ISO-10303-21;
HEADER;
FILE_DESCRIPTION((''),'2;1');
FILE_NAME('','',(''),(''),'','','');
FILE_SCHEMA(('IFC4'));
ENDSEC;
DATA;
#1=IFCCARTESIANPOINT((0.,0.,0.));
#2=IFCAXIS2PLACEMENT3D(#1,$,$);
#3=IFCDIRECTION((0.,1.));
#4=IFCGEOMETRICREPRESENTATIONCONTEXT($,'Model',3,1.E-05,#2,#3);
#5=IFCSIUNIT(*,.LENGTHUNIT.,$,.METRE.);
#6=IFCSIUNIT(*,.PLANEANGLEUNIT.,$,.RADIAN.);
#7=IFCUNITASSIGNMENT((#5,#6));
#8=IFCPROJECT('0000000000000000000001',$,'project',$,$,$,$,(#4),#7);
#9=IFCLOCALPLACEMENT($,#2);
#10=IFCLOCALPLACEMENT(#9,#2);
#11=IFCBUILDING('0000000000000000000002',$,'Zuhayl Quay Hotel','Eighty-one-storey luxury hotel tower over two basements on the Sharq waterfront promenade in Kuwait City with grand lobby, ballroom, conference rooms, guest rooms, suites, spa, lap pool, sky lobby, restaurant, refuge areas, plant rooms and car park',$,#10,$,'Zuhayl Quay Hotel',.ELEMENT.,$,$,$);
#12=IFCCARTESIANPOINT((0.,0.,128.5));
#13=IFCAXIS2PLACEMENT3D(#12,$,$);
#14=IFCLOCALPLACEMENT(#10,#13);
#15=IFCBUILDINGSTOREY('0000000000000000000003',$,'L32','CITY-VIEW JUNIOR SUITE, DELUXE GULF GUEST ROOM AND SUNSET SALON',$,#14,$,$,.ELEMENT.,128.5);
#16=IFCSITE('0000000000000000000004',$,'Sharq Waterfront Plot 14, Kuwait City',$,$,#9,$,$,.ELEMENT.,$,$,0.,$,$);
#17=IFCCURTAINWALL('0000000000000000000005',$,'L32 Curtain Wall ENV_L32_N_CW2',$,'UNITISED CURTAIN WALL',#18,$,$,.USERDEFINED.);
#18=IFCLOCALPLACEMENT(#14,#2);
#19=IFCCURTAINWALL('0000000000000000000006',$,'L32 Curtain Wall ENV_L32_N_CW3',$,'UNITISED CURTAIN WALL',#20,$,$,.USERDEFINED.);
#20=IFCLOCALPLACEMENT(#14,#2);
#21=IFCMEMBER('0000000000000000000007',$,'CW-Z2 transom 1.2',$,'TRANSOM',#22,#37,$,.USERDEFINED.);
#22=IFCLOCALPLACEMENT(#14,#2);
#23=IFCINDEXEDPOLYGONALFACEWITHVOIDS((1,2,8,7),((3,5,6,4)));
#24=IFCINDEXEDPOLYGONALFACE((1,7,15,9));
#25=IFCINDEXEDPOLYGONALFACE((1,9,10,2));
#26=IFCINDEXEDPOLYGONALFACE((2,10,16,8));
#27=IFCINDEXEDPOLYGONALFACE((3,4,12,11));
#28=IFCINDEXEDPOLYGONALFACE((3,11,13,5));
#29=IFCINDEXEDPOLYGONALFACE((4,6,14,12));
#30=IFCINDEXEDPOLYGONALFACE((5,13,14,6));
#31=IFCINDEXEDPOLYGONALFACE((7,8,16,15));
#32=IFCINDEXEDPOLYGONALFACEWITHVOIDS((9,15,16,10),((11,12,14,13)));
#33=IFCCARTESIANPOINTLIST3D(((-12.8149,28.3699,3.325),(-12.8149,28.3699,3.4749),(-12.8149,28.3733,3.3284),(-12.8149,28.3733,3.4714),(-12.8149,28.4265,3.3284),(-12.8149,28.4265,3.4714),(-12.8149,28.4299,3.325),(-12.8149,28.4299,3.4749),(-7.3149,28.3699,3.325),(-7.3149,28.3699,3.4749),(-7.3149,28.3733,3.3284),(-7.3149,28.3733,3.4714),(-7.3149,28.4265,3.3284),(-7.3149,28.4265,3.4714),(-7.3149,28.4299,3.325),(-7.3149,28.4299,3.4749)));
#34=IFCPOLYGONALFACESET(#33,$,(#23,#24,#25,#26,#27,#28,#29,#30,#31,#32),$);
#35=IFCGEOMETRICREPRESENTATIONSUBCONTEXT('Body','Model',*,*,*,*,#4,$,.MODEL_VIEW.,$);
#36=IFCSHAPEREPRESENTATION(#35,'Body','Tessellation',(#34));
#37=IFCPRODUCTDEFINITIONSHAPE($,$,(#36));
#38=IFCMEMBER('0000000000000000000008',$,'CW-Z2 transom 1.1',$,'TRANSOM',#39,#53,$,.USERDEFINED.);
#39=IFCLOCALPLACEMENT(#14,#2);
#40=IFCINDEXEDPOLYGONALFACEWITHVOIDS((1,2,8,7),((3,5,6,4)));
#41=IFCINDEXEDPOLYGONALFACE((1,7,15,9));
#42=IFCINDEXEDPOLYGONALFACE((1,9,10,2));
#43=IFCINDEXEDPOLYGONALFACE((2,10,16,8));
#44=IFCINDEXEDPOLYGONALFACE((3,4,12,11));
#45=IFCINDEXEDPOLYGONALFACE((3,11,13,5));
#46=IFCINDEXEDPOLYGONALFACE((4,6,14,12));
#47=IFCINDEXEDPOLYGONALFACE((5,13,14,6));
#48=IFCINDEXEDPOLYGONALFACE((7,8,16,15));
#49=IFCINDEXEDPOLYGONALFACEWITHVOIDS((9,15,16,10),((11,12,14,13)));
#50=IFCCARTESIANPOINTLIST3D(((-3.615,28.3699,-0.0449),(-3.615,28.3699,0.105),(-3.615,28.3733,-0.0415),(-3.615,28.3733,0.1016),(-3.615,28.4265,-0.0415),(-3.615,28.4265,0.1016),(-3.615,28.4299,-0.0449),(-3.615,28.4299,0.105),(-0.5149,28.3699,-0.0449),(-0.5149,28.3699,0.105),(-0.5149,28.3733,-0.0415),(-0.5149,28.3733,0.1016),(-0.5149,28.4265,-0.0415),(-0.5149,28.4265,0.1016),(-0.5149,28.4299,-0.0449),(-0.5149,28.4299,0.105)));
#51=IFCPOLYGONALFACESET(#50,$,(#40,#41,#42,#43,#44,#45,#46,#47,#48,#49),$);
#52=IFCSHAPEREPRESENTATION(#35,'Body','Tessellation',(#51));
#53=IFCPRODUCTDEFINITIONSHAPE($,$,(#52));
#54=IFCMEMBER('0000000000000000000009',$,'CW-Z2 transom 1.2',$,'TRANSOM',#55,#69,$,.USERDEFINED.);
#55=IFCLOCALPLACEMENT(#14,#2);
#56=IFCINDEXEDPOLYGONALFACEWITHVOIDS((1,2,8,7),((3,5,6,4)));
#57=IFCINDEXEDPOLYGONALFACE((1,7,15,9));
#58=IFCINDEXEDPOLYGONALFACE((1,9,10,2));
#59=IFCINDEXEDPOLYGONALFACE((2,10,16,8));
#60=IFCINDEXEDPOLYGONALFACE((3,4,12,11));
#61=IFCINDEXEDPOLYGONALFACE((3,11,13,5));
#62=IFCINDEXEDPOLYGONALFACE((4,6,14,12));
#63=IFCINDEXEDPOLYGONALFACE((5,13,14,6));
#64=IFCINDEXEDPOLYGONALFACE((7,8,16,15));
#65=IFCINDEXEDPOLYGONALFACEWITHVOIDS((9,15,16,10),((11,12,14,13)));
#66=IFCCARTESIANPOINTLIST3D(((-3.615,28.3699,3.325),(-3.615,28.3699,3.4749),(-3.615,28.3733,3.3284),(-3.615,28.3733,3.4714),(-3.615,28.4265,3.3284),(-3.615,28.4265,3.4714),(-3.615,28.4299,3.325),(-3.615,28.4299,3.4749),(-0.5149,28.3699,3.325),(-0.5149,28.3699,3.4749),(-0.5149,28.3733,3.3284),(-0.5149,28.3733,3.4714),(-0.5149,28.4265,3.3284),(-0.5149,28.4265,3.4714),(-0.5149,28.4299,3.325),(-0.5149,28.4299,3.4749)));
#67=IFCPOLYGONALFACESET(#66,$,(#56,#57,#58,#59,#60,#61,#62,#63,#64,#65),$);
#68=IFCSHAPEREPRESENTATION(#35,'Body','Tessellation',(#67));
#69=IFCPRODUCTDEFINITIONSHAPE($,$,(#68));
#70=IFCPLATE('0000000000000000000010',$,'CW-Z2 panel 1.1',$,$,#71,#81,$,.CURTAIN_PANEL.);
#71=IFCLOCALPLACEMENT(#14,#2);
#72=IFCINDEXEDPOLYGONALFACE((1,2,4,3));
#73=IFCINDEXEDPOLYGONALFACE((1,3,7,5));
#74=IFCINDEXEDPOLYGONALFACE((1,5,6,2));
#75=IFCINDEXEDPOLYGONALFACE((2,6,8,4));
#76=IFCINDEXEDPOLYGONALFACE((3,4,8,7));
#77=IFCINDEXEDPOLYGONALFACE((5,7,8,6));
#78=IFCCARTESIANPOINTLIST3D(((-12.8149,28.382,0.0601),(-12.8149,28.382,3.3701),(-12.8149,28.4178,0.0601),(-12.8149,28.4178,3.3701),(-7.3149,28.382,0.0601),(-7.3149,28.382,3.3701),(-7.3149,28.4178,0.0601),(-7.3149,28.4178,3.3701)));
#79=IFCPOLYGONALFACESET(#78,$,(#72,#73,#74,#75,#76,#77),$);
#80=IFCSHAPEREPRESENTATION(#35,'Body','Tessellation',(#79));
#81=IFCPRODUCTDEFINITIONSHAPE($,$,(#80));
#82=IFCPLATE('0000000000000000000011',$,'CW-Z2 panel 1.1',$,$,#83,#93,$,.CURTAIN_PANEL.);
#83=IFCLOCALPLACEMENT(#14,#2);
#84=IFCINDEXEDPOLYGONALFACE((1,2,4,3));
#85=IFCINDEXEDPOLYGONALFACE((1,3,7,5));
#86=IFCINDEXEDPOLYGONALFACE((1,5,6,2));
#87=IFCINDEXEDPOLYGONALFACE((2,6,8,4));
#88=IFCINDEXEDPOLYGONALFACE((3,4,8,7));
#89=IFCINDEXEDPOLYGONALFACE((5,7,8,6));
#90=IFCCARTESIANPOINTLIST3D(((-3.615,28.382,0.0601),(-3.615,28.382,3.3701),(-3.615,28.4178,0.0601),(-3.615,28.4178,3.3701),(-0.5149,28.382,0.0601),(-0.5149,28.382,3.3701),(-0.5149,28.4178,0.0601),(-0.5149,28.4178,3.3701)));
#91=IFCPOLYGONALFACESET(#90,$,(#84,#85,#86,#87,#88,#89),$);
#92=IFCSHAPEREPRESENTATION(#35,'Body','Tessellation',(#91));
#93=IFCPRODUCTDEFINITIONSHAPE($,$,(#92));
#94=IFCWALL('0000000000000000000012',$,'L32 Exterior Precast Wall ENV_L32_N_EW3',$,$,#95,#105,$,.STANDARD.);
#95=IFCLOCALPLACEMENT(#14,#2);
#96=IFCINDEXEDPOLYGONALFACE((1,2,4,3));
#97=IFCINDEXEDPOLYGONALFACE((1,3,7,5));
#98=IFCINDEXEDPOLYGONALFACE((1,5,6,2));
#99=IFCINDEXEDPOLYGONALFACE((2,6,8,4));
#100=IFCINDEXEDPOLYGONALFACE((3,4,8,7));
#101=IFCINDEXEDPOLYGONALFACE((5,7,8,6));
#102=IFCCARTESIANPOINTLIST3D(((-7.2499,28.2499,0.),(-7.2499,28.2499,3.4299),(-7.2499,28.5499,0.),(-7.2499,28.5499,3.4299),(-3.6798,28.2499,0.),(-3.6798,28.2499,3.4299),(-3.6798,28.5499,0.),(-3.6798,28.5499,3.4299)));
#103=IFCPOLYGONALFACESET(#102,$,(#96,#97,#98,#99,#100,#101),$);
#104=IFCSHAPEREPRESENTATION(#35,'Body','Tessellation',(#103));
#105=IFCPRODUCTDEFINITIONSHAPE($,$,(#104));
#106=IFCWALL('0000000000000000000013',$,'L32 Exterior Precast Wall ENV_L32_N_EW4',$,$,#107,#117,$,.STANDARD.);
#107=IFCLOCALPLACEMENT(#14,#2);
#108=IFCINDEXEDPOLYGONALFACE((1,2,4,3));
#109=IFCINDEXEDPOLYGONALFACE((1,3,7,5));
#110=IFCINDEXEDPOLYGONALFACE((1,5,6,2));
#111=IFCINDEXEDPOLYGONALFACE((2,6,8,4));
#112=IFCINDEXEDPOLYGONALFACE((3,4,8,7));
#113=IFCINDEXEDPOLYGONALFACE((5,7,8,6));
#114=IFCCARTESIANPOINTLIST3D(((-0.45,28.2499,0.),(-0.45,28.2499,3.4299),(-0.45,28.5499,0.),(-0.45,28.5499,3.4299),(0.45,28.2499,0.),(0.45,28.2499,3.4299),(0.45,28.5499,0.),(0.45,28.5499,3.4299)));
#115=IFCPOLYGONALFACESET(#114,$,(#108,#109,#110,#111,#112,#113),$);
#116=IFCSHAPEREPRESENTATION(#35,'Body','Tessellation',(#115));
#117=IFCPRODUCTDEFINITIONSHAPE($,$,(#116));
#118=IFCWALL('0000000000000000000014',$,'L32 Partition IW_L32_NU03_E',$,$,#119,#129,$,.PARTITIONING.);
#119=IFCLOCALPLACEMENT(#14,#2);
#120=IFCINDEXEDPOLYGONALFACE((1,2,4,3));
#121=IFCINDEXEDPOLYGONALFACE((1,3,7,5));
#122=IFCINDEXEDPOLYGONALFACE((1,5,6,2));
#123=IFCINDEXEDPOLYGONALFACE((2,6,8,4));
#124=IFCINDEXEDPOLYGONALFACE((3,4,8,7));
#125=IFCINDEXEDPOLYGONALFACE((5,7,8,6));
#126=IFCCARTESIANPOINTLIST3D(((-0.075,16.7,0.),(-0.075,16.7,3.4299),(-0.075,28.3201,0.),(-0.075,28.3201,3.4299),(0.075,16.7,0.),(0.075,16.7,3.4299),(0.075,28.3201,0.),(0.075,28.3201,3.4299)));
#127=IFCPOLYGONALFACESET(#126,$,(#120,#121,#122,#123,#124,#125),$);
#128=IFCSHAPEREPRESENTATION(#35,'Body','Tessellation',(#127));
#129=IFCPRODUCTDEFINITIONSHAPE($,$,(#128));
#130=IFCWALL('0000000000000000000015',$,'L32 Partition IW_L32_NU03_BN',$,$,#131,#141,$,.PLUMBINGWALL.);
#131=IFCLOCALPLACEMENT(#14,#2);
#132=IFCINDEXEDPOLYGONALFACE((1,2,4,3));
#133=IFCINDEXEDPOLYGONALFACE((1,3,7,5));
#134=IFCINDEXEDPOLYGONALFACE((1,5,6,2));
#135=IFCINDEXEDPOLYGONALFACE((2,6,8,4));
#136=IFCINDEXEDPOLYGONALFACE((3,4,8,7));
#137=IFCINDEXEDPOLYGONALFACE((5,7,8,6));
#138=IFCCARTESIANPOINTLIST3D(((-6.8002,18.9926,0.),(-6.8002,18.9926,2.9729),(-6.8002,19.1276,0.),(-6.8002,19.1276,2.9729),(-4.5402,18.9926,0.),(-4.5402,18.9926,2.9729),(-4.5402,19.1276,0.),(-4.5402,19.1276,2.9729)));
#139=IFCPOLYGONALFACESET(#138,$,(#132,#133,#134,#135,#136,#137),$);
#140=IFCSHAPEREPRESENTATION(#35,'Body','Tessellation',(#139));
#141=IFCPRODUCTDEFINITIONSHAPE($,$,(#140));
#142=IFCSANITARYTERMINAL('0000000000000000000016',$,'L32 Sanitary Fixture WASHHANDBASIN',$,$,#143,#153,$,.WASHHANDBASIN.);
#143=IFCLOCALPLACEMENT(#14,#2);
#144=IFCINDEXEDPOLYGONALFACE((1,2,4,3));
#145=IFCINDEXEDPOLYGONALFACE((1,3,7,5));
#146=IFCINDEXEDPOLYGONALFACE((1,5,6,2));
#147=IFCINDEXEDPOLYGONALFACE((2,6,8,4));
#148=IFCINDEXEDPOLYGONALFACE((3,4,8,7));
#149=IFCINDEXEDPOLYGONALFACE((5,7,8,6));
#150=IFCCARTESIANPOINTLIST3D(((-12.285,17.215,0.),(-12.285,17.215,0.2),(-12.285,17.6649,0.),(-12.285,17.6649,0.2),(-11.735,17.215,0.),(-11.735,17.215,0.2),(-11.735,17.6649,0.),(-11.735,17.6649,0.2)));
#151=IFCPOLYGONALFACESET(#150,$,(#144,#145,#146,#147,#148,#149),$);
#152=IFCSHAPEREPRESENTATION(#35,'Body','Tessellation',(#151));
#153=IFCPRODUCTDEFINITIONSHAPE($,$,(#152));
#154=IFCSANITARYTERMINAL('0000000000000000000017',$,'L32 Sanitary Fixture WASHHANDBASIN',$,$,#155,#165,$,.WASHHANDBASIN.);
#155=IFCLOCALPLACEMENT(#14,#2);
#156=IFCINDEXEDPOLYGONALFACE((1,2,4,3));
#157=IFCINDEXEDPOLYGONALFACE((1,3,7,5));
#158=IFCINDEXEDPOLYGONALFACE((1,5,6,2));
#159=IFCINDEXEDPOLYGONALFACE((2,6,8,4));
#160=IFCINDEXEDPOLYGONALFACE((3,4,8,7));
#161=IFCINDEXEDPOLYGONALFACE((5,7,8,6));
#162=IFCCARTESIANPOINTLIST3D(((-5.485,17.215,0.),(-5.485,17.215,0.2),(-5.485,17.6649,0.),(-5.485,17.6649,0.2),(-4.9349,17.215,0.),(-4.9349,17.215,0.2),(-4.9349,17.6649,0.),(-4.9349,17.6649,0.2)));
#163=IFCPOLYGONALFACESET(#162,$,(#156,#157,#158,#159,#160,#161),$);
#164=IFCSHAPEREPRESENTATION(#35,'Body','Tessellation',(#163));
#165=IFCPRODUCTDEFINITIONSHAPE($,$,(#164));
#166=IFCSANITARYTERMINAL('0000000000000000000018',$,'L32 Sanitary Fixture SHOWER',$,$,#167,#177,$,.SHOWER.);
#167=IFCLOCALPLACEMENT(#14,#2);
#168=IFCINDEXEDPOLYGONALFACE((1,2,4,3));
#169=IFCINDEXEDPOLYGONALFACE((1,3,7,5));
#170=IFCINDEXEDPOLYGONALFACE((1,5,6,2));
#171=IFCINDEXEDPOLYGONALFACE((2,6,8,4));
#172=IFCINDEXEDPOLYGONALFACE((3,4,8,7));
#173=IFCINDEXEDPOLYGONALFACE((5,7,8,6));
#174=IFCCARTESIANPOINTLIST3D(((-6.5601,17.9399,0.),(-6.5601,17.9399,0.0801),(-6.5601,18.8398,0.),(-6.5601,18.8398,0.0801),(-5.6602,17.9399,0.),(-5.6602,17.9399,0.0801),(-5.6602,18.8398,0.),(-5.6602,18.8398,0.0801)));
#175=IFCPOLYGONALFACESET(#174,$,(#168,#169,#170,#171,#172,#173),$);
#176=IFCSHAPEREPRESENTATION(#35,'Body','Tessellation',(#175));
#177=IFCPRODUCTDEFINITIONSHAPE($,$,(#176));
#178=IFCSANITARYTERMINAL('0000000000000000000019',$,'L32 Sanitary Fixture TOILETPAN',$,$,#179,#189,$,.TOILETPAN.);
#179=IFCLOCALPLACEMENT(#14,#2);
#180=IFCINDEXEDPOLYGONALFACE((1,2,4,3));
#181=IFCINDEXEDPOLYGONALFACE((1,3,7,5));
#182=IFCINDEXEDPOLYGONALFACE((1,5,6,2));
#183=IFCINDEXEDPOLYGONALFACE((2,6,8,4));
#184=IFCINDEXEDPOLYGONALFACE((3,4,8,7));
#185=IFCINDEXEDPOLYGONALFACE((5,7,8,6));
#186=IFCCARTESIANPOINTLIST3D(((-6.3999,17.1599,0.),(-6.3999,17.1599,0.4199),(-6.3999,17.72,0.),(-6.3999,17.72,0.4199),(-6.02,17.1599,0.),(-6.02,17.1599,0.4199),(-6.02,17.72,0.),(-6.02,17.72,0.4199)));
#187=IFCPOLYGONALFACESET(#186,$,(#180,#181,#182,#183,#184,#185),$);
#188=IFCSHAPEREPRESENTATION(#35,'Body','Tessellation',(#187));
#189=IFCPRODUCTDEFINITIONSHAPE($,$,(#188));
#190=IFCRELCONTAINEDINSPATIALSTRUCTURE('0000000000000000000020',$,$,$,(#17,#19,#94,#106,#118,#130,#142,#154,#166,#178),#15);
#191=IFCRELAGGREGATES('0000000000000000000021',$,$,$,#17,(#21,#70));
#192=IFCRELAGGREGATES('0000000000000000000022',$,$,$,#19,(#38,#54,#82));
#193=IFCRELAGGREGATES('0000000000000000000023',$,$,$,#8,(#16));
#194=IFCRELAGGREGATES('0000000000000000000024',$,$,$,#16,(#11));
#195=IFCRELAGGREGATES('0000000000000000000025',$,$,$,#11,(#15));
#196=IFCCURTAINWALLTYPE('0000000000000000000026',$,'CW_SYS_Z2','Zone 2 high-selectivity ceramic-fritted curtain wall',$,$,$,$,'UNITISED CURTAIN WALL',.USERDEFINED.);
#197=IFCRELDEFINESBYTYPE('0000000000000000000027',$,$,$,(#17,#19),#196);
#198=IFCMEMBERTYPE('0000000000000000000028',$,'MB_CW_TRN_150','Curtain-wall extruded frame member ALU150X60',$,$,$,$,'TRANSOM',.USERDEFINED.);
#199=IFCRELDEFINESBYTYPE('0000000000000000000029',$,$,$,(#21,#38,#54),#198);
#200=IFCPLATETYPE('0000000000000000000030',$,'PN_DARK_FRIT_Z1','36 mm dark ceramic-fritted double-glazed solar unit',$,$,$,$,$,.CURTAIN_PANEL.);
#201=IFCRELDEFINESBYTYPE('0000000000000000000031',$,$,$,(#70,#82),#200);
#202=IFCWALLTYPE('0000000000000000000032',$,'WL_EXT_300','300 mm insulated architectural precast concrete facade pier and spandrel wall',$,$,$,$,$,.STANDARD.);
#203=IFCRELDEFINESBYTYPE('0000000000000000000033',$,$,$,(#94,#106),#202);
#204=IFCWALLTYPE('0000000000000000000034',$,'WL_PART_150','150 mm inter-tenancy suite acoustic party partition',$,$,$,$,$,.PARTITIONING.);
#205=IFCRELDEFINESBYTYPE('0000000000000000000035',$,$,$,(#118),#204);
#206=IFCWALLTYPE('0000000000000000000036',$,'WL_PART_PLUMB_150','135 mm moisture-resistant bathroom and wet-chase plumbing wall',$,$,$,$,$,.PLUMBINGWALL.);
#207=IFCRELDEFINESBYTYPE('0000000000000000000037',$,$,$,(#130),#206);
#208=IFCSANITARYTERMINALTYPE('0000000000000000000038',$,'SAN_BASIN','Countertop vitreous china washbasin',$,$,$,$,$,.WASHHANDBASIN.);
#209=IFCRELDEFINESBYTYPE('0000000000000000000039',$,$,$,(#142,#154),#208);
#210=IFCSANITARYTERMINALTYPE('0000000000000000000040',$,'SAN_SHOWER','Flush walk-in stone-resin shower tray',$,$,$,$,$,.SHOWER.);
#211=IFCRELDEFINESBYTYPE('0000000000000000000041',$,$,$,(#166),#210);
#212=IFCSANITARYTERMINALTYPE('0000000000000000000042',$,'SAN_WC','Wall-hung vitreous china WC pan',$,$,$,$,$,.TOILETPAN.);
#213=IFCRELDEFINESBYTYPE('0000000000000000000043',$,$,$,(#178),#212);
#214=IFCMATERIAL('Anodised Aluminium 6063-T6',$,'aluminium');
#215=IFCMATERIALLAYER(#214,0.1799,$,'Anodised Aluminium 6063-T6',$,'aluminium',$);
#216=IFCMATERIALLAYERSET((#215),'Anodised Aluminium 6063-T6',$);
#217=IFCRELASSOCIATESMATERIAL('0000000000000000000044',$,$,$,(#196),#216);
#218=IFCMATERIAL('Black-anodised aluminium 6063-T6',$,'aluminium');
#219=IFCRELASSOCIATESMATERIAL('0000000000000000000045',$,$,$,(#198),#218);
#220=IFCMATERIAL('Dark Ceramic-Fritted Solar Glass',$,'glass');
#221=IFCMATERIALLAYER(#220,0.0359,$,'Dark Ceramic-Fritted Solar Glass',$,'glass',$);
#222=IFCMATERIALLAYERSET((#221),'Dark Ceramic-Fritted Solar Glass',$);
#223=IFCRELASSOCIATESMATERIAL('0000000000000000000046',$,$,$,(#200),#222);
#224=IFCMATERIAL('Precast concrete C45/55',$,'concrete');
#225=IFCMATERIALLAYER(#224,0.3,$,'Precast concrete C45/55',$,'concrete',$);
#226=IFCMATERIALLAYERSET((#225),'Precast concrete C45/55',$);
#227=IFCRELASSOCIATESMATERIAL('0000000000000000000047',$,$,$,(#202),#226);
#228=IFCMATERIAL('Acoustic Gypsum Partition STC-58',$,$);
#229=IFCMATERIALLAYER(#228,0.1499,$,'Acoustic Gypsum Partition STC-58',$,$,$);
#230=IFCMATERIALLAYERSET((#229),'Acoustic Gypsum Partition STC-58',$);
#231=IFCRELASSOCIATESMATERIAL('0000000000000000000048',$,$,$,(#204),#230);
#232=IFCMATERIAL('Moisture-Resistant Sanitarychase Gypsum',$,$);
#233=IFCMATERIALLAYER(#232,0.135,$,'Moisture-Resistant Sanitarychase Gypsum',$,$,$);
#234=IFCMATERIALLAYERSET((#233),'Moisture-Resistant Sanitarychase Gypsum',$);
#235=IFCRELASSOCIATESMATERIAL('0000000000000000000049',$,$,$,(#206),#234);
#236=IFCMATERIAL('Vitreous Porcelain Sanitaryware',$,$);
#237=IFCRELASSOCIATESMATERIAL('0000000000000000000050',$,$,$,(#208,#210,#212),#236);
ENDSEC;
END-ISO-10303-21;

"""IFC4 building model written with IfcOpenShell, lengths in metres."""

from ifc_helpers import new_model, si_unit, direction, frame, frame_2d, origin, origin_2d, place, context, subcontext, project, spatial, rectangle, hollow_rectangle, extrude, material, layer, layer_set, material_profile, profile_set, type_object, element, aggregate, save


model = new_model("IFC4")

# Units and contexts
model_context = context("Model", 3, precision=1e-05, world=origin(), true_north=direction((0.0, 1.0)))
body_context = subcontext(model_context, "Body", "Model", "MODEL_VIEW")
ifc_project = project(units=[si_unit("LENGTHUNIT", "METRE"), si_unit("PLANEANGLEUNIT", "RADIAN")], contexts=[model_context])

# Site, building, storey
site_placement = place(None, origin())
site = spatial("IfcSite", under=ifc_project, at=site_placement, Name="Sharq Waterfront Plot 14, Kuwait City", CompositionType="ELEMENT", RefElevation=0.0)
building_placement = place(site_placement, origin())
building = spatial("IfcBuilding", under=site, at=building_placement, Name="Zuhayl Quay Hotel", Description="Eighty-one-storey luxury hotel tower over two basements on the Sharq waterfront promenade in Kuwait City with grand lobby, ballroom, conference rooms, guest rooms, suites, spa, lap pool, sky lobby, restaurant, refuge areas, plant rooms and car park", LongName="Zuhayl Quay Hotel", CompositionType="ELEMENT")
storey_placement = place(building_placement, frame((0.0, 0.0, 128.5)))
storey = spatial("IfcBuildingStorey", under=building, at=storey_placement, Name="L32", Description="CITY-VIEW JUNIOR SUITE, DELUXE GULF GUEST ROOM AND SUNSET SALON", CompositionType="ELEMENT", Elevation=128.5)

# Curtain walls
ifc_material_1 = material(Name="Anodised Aluminium 6063-T6", Category="aluminium")
ifc_layer_1 = layer(ifc_material_1, 0.1799, Name="Anodised Aluminium 6063-T6", Category="aluminium")
ifc_layer_set_1 = layer_set([ifc_layer_1], Name="Anodised Aluminium 6063-T6")
curtain_wall_type = type_object("IfcCurtainWallType", Name="CW_SYS_Z2", Description="Zone 2 high-selectivity ceramic-fritted curtain wall", ElementType="UNITISED CURTAIN WALL", PredefinedType="USERDEFINED", material=ifc_layer_set_1)
curtain_wall_1_placement = place(storey_placement, origin())
curtain_wall_1 = element("IfcCurtainWall", 1, at=curtain_wall_1_placement, inside=storey, type_object=curtain_wall_type, Name="L32 Curtain Wall ENV_L32_N_CW2", ObjectType="UNITISED CURTAIN WALL", PredefinedType="USERDEFINED")
ifc_material_2 = material(Name="Black-anodised aluminium 6063-T6", Category="aluminium")
curtain_wall_2_placement = place(storey_placement, origin())
curtain_wall_2 = element("IfcCurtainWall", 2, at=curtain_wall_2_placement, inside=storey, type_object=curtain_wall_type, Name="L32 Curtain Wall ENV_L32_N_CW3", ObjectType="UNITISED CURTAIN WALL", PredefinedType="USERDEFINED")

# Members
ifc_material_profile_1 = material_profile(ifc_material_2, hollow_rectangle(XDim=0.0601, YDim=0.1499, WallThickness=0.0034, at=origin_2d()), Name="ALU150X60")
ifc_profile_set_1 = profile_set([ifc_material_profile_1], Name="Black-anodised aluminium 6063-T6")
member_type_1 = type_object("IfcMemberType", Name="MB_CW_TRN_150", Description="Curtain-wall extruded frame member ALU150X60", ElementType="TRANSOM", PredefinedType="USERDEFINED", material=ifc_profile_set_1)
member_1_placement = place(storey_placement, frame((-12.8149, 28.3999, 3.3999), z_axis=(1.0, 0.0, 0.0), x_axis=(0.0, 1.0, 0.0)))
member_1 = element("IfcMember", 3, at=member_1_placement, type_object=member_type_1, Name="CW-Z2 transom 1.2", ObjectType="TRANSOM", PredefinedType="USERDEFINED", context=body_context, shape_type="SweptSolid", body=[
    extrude(hollow_rectangle(XDim=0.0601, YDim=0.1499, WallThickness=0.0034, at=origin_2d()), origin(), (0.0, 0.0, 1.0), 5.5),
])
member_2_placement = place(storey_placement, frame((-3.615, 28.3999, 0.03), z_axis=(1.0, 0.0, 0.0), x_axis=(0.0, 1.0, 0.0)))
member_2 = element("IfcMember", 4, at=member_2_placement, type_object=member_type_1, Name="CW-Z2 transom 1.1", ObjectType="TRANSOM", PredefinedType="USERDEFINED", context=body_context, shape_type="SweptSolid", body=[
    extrude(hollow_rectangle(XDim=0.0601, YDim=0.1499, WallThickness=0.0034, at=origin_2d()), origin(), (0.0, 0.0, 1.0), 3.1001),
])
member_3_placement = place(storey_placement, frame((-3.615, 28.3999, 3.3999), z_axis=(1.0, 0.0, 0.0), x_axis=(0.0, 1.0, 0.0)))
member_3 = element("IfcMember", 5, at=member_3_placement, type_object=member_type_1, Name="CW-Z2 transom 1.2", ObjectType="TRANSOM", PredefinedType="USERDEFINED", context=body_context, shape_type="SweptSolid", body=[
    extrude(hollow_rectangle(XDim=0.0601, YDim=0.1499, WallThickness=0.0034, at=origin_2d()), origin(), (0.0, 0.0, 1.0), 3.1001),
])

# Plates
ifc_material_3 = material(Name="Dark Ceramic-Fritted Solar Glass", Category="glass")
ifc_layer_2 = layer(ifc_material_3, 0.0359, Name="Dark Ceramic-Fritted Solar Glass", Category="glass")
ifc_layer_set_2 = layer_set([ifc_layer_2], Name="Dark Ceramic-Fritted Solar Glass")
plate_type = type_object("IfcPlateType", Name="PN_DARK_FRIT_Z1", Description="36 mm dark ceramic-fritted double-glazed solar unit", PredefinedType="CURTAIN_PANEL", material=ifc_layer_set_2)
plate_1_placement = place(storey_placement, frame((-10.0649, 28.3999, 0.0601), z_axis=(0.0, 0.0, 1.0), x_axis=(1.0, 0.0, 0.0)))
plate_1 = element("IfcPlate", 6, at=plate_1_placement, type_object=plate_type, Name="CW-Z2 panel 1.1", PredefinedType="CURTAIN_PANEL", context=body_context, shape_type="SweptSolid", body=[
    extrude(rectangle(XDim=5.5, YDim=0.0359, at=origin_2d()), origin(), (0.0, 0.0, 1.0), 3.3101),
])
aggregate(curtain_wall_1, [member_1, plate_1])
plate_2_placement = place(storey_placement, frame((-2.0649, 28.3999, 0.0601), z_axis=(0.0, 0.0, 1.0), x_axis=(1.0, 0.0, 0.0)))
plate_2 = element("IfcPlate", 7, at=plate_2_placement, type_object=plate_type, Name="CW-Z2 panel 1.1", PredefinedType="CURTAIN_PANEL", context=body_context, shape_type="SweptSolid", body=[
    extrude(rectangle(XDim=3.1001, YDim=0.0359, at=origin_2d()), origin(), (0.0, 0.0, 1.0), 3.3101),
])
aggregate(curtain_wall_2, [member_2, member_3, plate_2])

# Walls
ifc_material_4 = material(Name="Precast concrete C45/55", Category="concrete")
ifc_layer_3 = layer(ifc_material_4, 0.3, Name="Precast concrete C45/55", Category="concrete")
ifc_layer_set_3 = layer_set([ifc_layer_3], Name="Precast concrete C45/55")
wall_type_1 = type_object("IfcWallType", Name="WL_EXT_300", Description="300 mm insulated architectural precast concrete facade pier and spandrel wall", PredefinedType="STANDARD", material=ifc_layer_set_3)
wall_1_placement = place(storey_placement, frame((-7.25, 28.3999, 0.0), z_axis=(0.0, 0.0, 1.0), x_axis=(1.0, 0.0, 0.0)))
element("IfcWall", 8, at=wall_1_placement, inside=storey, type_object=wall_type_1, Name="L32 Exterior Precast Wall ENV_L32_N_EW3", PredefinedType="STANDARD", context=body_context, shape_type="SweptSolid", body=[
    extrude(rectangle(XDim=3.5701, YDim=0.3, at=frame_2d((1.7852, 0.0))), origin(), (0.0, 0.0, 1.0), 3.4299),
])
wall_2_placement = place(storey_placement, frame((-0.45, 28.3999, 0.0), z_axis=(0.0, 0.0, 1.0), x_axis=(1.0, 0.0, 0.0)))
element("IfcWall", 9, at=wall_2_placement, inside=storey, type_object=wall_type_1, Name="L32 Exterior Precast Wall ENV_L32_N_EW4", PredefinedType="STANDARD", context=body_context, shape_type="SweptSolid", body=[
    extrude(rectangle(XDim=0.8999, YDim=0.3, at=frame_2d((0.45, 0.0))), origin(), (0.0, 0.0, 1.0), 3.4299),
])
ifc_material_5 = material(Name="Acoustic Gypsum Partition STC-58")
ifc_layer_4 = layer(ifc_material_5, 0.1499, Name="Acoustic Gypsum Partition STC-58")
ifc_layer_set_4 = layer_set([ifc_layer_4], Name="Acoustic Gypsum Partition STC-58")
wall_type_2 = type_object("IfcWallType", Name="WL_PART_150", Description="150 mm inter-tenancy suite acoustic party partition", PredefinedType="PARTITIONING", material=ifc_layer_set_4)
wall_3_placement = place(storey_placement, frame((0.0, 16.7, 0.0), z_axis=(0.0, 0.0, 1.0), x_axis=(0.0, 1.0, 0.0)))
element("IfcWall", 10, at=wall_3_placement, inside=storey, type_object=wall_type_2, Name="L32 Partition IW_L32_NU03_E", PredefinedType="PARTITIONING", context=body_context, shape_type="SweptSolid", body=[
    extrude(rectangle(XDim=11.6201, YDim=0.1499, at=frame_2d((5.8101, 0.0))), origin(), (0.0, 0.0, 1.0), 3.4299),
])
ifc_material_6 = material(Name="Moisture-Resistant Sanitarychase Gypsum")
ifc_layer_5 = layer(ifc_material_6, 0.135, Name="Moisture-Resistant Sanitarychase Gypsum")
ifc_layer_set_5 = layer_set([ifc_layer_5], Name="Moisture-Resistant Sanitarychase Gypsum")
wall_type_3 = type_object("IfcWallType", Name="WL_PART_PLUMB_150", Description="135 mm moisture-resistant bathroom and wet-chase plumbing wall", PredefinedType="PLUMBINGWALL", material=ifc_layer_set_5)
wall_4_placement = place(storey_placement, frame((-6.8, 19.0601, 0.0), z_axis=(0.0, 0.0, 1.0), x_axis=(1.0, 0.0, 0.0)))
element("IfcWall", 11, at=wall_4_placement, inside=storey, type_object=wall_type_3, Name="L32 Partition IW_L32_NU03_BN", PredefinedType="PLUMBINGWALL", context=body_context, shape_type="SweptSolid", body=[
    extrude(rectangle(XDim=2.26, YDim=0.135, at=frame_2d((1.1299, 0.0))), origin(), (0.0, 0.0, 1.0), 2.9729),
])

# Sanitary terminals
ifc_material_7 = material(Name="Vitreous Porcelain Sanitaryware")
sanitary_terminal_type_1 = type_object("IfcSanitaryTerminalType", Name="SAN_BASIN", Description="Countertop vitreous china washbasin", PredefinedType="WASHHANDBASIN", material=ifc_material_7)
for number, where, z_axis, x_axis, name in (
    (12, (-12.01, 17.4399, 0.0), (0.0, 0.0, 1.0), (1.0, 0.0, 0.0), "L32 Sanitary Fixture WASHHANDBASIN"),
    (13, (-5.21, 17.4399, 0.0), (0.0, 0.0, 1.0), (1.0, 0.0, 0.0), "L32 Sanitary Fixture WASHHANDBASIN"),
):
    element("IfcSanitaryTerminal", number, at=place(storey_placement, frame(where, z_axis=z_axis, x_axis=x_axis)), inside=storey, type_object=sanitary_terminal_type_1, Name=name, PredefinedType="WASHHANDBASIN", context=body_context, shape_type="SweptSolid", body=[
        extrude(rectangle(XDim=0.55, YDim=0.45, at=origin_2d()), origin(), (0.0, 0.0, 1.0), 0.2),
    ])
sanitary_terminal_type_2 = type_object("IfcSanitaryTerminalType", Name="SAN_SHOWER", Description="Flush walk-in stone-resin shower tray", PredefinedType="SHOWER", material=ifc_material_7)
sanitary_terminal_1_placement = place(storey_placement, frame((-6.1101, 18.3899, 0.0), z_axis=(0.0, 0.0, 1.0), x_axis=(1.0, 0.0, 0.0)))
element("IfcSanitaryTerminal", 14, at=sanitary_terminal_1_placement, inside=storey, type_object=sanitary_terminal_type_2, Name="L32 Sanitary Fixture SHOWER", PredefinedType="SHOWER", context=body_context, shape_type="SweptSolid", body=[
    extrude(rectangle(XDim=0.8999, YDim=0.8999, at=origin_2d()), origin(), (0.0, 0.0, 1.0), 0.0801),
])
sanitary_terminal_type_3 = type_object("IfcSanitaryTerminalType", Name="SAN_WC", Description="Wall-hung vitreous china WC pan", PredefinedType="TOILETPAN", material=ifc_material_7)
sanitary_terminal_2_placement = place(storey_placement, frame((-6.21, 17.4399, 0.0), z_axis=(0.0, 0.0, 1.0), x_axis=(1.0, 0.0, 0.0)))
element("IfcSanitaryTerminal", 15, at=sanitary_terminal_2_placement, inside=storey, type_object=sanitary_terminal_type_3, Name="L32 Sanitary Fixture TOILETPAN", PredefinedType="TOILETPAN", context=body_context, shape_type="SweptSolid", body=[
    extrude(rectangle(XDim=0.3799, YDim=0.5601, at=origin_2d()), origin(), (0.0, 0.0, 1.0), 0.4199),
])

save(model, "model.ifc")
